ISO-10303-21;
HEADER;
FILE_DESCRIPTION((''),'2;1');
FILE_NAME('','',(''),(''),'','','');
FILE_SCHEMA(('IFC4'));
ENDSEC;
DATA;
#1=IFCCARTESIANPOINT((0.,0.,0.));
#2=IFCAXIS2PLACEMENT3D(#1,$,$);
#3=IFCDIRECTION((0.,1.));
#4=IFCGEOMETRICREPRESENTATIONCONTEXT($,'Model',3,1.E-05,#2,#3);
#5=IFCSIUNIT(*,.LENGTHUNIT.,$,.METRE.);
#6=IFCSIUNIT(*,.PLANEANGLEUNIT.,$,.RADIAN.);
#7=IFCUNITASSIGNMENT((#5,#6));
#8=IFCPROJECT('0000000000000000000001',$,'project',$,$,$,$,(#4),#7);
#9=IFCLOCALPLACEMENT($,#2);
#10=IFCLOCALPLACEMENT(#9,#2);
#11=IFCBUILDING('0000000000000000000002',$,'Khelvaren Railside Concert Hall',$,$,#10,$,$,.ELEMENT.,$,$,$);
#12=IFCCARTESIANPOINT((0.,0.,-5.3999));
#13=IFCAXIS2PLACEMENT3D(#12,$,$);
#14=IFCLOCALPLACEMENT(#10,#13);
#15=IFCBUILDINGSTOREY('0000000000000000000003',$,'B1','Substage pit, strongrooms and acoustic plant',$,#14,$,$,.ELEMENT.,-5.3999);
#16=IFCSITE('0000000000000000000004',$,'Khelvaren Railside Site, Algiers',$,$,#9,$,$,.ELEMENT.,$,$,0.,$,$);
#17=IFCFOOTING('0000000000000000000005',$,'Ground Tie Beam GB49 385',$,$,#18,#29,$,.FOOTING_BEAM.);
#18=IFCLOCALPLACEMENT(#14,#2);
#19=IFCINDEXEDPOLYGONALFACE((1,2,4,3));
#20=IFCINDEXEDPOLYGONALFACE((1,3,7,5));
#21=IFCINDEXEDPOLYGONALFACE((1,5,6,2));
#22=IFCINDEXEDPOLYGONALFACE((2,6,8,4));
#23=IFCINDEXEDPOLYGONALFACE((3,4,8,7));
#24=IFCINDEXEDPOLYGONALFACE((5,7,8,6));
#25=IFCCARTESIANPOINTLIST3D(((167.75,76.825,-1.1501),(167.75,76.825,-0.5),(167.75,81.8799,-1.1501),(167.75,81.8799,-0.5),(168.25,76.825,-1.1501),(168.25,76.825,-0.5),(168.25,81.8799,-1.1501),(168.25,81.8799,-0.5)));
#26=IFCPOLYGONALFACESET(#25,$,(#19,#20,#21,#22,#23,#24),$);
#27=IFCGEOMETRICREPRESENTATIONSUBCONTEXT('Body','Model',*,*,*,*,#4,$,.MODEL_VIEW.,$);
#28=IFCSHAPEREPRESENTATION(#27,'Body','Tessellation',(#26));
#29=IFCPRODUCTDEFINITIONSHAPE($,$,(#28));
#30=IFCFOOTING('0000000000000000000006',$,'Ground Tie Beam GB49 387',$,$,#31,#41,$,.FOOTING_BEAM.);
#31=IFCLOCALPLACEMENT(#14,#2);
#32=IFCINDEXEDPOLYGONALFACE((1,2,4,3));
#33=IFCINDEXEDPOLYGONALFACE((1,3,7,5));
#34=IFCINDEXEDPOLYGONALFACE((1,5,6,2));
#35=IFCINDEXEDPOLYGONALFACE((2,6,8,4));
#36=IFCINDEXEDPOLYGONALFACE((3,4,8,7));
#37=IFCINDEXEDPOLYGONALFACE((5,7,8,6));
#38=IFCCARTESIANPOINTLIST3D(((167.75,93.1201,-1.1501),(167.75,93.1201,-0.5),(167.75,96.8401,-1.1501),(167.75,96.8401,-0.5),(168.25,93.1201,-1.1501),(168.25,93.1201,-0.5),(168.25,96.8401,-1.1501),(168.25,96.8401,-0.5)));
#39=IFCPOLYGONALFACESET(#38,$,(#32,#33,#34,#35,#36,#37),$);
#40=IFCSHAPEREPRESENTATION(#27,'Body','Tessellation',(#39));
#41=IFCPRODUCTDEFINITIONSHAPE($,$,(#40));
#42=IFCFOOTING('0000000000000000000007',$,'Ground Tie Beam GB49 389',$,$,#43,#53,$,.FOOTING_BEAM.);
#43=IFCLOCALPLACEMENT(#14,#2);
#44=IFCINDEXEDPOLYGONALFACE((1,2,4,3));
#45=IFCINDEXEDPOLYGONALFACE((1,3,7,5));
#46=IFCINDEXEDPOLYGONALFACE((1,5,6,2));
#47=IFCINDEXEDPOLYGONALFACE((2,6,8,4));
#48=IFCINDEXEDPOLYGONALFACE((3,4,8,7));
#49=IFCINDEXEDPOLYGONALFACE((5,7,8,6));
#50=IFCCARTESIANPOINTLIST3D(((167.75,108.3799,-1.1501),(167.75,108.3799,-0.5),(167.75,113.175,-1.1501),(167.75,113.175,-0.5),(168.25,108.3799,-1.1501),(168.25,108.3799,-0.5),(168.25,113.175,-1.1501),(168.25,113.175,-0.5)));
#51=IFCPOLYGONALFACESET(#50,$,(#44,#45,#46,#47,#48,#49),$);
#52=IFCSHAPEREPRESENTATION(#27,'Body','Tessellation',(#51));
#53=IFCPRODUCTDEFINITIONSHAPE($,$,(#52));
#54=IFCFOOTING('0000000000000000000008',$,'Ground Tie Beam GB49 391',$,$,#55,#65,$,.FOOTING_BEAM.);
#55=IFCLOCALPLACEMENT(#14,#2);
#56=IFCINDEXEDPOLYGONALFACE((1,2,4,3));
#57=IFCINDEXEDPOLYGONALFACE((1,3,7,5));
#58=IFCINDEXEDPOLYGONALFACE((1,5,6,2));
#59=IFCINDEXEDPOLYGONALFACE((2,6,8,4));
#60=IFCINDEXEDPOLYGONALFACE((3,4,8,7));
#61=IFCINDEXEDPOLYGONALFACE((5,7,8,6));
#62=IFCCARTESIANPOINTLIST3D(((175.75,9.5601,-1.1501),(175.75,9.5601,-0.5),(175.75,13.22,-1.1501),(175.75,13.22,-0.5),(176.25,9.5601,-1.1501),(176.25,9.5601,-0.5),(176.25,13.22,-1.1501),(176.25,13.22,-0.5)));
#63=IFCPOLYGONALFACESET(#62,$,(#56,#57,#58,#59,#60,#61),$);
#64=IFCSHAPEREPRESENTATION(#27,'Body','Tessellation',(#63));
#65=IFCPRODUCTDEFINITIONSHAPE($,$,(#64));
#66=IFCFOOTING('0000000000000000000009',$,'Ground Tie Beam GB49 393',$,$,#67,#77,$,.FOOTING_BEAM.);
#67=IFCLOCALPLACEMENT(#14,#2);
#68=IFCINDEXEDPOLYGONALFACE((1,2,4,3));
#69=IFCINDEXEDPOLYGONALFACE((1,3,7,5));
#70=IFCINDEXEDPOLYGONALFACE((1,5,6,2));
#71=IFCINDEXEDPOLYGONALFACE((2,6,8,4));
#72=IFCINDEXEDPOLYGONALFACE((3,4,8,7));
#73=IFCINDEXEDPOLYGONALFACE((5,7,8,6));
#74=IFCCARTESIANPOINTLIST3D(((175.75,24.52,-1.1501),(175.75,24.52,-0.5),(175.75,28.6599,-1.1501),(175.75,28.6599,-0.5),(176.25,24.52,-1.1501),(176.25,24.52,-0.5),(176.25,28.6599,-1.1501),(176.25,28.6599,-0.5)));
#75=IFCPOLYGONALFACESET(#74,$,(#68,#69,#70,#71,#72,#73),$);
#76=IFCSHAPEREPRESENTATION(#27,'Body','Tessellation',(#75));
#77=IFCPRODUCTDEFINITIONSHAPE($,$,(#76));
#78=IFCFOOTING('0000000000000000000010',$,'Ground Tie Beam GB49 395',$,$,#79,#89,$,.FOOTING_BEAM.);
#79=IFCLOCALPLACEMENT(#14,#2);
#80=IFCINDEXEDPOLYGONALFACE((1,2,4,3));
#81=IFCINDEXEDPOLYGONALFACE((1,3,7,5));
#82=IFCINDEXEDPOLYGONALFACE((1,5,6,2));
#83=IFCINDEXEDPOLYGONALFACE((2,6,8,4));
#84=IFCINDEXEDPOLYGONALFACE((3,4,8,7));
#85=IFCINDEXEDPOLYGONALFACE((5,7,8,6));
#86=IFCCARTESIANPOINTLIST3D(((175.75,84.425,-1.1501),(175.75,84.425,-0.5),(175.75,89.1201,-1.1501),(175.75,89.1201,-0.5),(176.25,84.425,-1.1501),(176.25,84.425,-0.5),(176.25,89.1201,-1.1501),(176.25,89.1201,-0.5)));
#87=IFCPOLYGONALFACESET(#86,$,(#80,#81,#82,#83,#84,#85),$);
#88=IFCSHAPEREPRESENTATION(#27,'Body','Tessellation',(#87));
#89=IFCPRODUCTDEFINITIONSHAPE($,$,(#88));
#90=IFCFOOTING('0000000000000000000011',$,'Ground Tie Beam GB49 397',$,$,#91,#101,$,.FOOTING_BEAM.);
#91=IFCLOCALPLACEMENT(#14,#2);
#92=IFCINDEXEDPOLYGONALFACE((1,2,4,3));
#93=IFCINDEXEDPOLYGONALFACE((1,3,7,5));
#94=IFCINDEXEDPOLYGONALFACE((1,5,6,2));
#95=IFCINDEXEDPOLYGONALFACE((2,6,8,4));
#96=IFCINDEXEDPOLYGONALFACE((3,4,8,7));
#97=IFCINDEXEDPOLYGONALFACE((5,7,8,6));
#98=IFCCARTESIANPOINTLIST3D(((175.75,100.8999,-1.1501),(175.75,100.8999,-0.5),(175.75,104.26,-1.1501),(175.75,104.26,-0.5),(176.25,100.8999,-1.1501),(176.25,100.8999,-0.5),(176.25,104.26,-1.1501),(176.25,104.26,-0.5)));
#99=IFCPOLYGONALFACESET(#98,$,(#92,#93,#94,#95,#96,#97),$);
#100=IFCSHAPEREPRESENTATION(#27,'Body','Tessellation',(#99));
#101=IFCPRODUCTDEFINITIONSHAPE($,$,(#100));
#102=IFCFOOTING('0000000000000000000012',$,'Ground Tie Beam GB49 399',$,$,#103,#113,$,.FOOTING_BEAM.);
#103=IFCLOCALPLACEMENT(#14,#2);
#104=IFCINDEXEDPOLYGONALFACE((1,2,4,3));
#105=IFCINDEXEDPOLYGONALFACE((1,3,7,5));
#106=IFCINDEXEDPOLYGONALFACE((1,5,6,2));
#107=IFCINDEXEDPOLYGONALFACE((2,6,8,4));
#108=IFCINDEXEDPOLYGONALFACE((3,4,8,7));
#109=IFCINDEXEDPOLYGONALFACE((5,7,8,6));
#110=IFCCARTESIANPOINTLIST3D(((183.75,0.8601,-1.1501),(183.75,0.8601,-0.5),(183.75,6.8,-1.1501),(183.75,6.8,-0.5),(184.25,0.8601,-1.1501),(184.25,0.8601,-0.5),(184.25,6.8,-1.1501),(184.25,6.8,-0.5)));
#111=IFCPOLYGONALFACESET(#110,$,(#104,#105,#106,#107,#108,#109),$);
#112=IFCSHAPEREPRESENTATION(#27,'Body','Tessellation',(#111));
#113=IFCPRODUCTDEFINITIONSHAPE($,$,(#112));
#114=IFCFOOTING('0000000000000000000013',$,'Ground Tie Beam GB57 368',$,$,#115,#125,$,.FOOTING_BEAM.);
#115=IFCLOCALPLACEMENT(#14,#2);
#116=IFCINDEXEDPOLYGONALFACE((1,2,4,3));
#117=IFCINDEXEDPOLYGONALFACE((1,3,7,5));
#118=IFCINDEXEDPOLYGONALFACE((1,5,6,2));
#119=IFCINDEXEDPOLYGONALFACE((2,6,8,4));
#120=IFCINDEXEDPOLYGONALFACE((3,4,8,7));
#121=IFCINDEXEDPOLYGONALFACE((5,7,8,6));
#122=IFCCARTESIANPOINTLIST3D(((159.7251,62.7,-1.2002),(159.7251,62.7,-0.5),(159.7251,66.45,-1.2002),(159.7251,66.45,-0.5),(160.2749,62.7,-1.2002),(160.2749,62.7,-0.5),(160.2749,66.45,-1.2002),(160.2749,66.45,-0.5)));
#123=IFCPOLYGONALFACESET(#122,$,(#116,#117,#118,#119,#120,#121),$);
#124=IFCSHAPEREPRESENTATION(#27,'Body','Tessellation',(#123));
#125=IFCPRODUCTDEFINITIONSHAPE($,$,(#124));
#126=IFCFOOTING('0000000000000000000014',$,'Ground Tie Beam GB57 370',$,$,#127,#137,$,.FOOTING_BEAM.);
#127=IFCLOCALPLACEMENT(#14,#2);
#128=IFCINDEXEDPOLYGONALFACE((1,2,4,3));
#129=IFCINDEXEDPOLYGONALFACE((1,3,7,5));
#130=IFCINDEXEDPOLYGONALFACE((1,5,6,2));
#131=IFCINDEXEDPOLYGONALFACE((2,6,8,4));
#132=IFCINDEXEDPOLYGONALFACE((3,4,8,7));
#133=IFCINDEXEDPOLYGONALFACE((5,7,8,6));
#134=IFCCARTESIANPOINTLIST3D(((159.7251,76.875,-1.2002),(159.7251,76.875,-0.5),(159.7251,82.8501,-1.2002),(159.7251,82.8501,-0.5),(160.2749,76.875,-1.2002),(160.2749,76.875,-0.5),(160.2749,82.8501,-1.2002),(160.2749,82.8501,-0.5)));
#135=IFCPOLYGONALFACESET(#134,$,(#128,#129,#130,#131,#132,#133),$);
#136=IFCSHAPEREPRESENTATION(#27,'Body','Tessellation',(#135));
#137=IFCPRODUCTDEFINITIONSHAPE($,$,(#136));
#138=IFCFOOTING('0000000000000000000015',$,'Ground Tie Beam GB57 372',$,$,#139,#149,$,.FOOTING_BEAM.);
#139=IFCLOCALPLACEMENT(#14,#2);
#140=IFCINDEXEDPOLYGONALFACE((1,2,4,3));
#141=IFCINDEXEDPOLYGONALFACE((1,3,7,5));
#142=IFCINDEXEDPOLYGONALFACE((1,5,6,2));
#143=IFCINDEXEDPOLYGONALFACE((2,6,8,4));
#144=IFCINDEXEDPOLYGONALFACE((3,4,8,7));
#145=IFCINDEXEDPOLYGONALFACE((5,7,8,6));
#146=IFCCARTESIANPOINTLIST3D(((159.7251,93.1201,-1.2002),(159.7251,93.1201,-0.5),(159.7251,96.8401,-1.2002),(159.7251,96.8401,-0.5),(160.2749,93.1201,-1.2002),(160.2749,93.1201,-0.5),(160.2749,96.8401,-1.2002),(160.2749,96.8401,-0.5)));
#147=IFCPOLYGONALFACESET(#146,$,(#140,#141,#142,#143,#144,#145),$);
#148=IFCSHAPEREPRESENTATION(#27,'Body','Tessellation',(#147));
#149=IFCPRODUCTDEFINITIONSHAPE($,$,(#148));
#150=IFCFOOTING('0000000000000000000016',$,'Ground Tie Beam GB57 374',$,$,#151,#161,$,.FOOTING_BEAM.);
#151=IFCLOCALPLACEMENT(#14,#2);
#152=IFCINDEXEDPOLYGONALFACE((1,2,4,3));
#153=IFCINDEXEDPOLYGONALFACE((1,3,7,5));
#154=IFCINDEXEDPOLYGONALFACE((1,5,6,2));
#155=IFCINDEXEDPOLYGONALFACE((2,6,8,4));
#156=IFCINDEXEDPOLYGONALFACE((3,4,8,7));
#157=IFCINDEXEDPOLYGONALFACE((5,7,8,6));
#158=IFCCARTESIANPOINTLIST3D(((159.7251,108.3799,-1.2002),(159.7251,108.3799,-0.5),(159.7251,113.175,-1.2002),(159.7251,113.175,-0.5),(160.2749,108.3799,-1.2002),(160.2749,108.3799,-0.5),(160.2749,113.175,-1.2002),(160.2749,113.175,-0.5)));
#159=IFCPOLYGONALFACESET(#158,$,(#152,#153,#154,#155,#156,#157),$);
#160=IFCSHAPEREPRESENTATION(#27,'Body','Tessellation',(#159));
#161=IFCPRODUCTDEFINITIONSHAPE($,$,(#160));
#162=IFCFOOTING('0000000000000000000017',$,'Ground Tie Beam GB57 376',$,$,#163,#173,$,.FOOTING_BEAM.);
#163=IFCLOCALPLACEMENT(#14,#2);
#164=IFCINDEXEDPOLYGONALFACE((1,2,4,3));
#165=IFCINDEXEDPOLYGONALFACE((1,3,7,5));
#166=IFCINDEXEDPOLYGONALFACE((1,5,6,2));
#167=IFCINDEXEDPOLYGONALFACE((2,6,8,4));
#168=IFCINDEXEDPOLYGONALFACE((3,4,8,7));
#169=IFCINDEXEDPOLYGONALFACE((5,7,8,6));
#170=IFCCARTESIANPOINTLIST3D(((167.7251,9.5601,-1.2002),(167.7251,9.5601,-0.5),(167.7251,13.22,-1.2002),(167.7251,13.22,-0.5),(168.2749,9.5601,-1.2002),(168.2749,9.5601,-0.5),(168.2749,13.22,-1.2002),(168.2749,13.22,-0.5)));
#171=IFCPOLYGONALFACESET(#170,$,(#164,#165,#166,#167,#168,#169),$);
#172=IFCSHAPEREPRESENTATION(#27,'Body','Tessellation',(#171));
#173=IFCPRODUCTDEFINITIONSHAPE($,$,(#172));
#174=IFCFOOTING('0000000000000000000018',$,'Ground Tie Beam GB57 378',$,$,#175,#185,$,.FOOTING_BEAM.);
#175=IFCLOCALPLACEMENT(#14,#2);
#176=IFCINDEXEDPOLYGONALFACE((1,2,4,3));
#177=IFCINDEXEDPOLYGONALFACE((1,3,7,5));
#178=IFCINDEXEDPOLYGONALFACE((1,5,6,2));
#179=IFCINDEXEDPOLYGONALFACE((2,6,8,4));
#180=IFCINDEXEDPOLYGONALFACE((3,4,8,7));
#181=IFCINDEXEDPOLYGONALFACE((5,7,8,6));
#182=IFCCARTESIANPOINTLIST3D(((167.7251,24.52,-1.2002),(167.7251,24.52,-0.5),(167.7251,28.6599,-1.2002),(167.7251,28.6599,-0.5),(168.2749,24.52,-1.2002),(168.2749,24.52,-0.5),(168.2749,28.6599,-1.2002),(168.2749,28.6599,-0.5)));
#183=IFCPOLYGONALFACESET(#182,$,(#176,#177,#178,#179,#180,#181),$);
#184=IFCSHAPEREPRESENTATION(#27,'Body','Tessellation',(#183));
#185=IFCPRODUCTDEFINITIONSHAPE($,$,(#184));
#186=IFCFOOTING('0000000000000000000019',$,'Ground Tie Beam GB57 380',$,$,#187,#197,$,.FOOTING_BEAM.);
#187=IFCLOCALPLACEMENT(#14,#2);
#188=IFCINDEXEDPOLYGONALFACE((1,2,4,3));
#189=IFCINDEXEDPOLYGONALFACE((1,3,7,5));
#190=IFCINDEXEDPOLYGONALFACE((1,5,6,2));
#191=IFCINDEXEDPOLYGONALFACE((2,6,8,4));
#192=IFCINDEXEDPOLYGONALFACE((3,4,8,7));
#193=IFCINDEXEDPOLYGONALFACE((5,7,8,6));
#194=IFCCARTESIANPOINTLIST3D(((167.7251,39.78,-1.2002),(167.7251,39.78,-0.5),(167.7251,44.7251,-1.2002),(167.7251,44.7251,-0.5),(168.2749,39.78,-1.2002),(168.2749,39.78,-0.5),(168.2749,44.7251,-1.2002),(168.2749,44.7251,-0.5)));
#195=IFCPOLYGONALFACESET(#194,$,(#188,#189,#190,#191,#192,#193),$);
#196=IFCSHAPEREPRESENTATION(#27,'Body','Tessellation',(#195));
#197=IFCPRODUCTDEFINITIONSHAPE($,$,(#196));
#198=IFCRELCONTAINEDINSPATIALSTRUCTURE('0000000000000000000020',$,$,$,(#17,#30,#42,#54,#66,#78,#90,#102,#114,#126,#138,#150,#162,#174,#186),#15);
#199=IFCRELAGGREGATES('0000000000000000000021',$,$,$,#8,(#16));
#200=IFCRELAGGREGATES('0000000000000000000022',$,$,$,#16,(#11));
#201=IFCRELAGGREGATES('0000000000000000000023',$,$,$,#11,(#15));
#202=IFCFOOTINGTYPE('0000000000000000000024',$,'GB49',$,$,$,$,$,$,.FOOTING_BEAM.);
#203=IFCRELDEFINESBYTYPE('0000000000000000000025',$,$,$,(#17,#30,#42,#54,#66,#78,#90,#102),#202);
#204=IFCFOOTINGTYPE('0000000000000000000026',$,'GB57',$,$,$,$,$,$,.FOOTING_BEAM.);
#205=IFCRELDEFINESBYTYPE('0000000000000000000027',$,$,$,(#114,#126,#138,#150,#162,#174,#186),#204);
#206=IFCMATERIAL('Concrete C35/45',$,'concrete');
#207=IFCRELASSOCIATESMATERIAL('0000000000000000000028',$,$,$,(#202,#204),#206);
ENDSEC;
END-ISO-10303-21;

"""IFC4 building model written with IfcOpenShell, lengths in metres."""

from ifc_helpers import new_model, si_unit, direction, frame, origin, place, context, subcontext, project, spatial, polyline, outline, extrude, material, type_object, element, save


model = new_model("IFC4")

# Units and contexts
model_context = context("Model", 3, precision=1e-05, world=origin(), true_north=direction((0.0, 1.0)))
body_context = subcontext(model_context, "Body", "Model", "MODEL_VIEW")
ifc_project = project(units=[si_unit("LENGTHUNIT", "METRE"), si_unit("PLANEANGLEUNIT", "RADIAN")], contexts=[model_context])

# Site, building, storey
site_placement = place(None, origin())
site = spatial("IfcSite", under=ifc_project, at=site_placement, Name="Khelvaren Railside Site, Algiers", CompositionType="ELEMENT", RefElevation=0.0)
building_placement = place(site_placement, origin())
building = spatial("IfcBuilding", under=site, at=building_placement, Name="Khelvaren Railside Concert Hall", CompositionType="ELEMENT")
storey_placement = place(building_placement, frame((0.0, 0.0, -5.3999)))
storey = spatial("IfcBuildingStorey", under=building, at=storey_placement, Name="B1", Description="Substage pit, strongrooms and acoustic plant", CompositionType="ELEMENT", Elevation=-5.3999)

# Shared definitions
ifc_material = material(Name="Concrete C35/45", Category="concrete")

# Footings
footing_type_1 = type_object("IfcFootingType", Name="GB49", PredefinedType="FOOTING_BEAM", material=ifc_material)
footing_1_placement = place(storey_placement, frame((0.0, 0.0, -1.1501)))
element("IfcFooting", 1, at=footing_1_placement, inside=storey, type_object=footing_type_1, Name="Ground Tie Beam GB49 385", PredefinedType="FOOTING_BEAM", context=body_context, shape_type="SweptSolid", body=[
    extrude(outline(polyline([(167.75, 76.825), (168.25, 76.825), (168.25, 81.8799), (167.75, 81.8799), (167.75, 76.825)])), origin(), (0.0, 0.0, 1.0), 0.6501),
])
footing_2_placement = place(storey_placement, frame((0.0, 0.0, -1.1501)))
element("IfcFooting", 2, at=footing_2_placement, inside=storey, type_object=footing_type_1, Name="Ground Tie Beam GB49 387", PredefinedType="FOOTING_BEAM", context=body_context, shape_type="SweptSolid", body=[
    extrude(outline(polyline([(167.75, 93.1201), (168.25, 93.1201), (168.25, 96.8401), (167.75, 96.8401), (167.75, 93.1201)])), origin(), (0.0, 0.0, 1.0), 0.6501),
])
footing_3_placement = place(storey_placement, frame((0.0, 0.0, -1.1501)))
element("IfcFooting", 3, at=footing_3_placement, inside=storey, type_object=footing_type_1, Name="Ground Tie Beam GB49 389", PredefinedType="FOOTING_BEAM", context=body_context, shape_type="SweptSolid", body=[
    extrude(outline(polyline([(167.75, 108.3799), (168.25, 108.3799), (168.25, 113.175), (167.75, 113.175), (167.75, 108.3799)])), origin(), (0.0, 0.0, 1.0), 0.6501),
])
footing_4_placement = place(storey_placement, frame((0.0, 0.0, -1.1501)))
element("IfcFooting", 4, at=footing_4_placement, inside=storey, type_object=footing_type_1, Name="Ground Tie Beam GB49 391", PredefinedType="FOOTING_BEAM", context=body_context, shape_type="SweptSolid", body=[
    extrude(outline(polyline([(175.75, 9.5601), (176.25, 9.5601), (176.25, 13.22), (175.75, 13.22), (175.75, 9.5601)])), origin(), (0.0, 0.0, 1.0), 0.6501),
])
footing_5_placement = place(storey_placement, frame((0.0, 0.0, -1.1501)))
element("IfcFooting", 5, at=footing_5_placement, inside=storey, type_object=footing_type_1, Name="Ground Tie Beam GB49 393", PredefinedType="FOOTING_BEAM", context=body_context, shape_type="SweptSolid", body=[
    extrude(outline(polyline([(175.75, 24.52), (176.25, 24.52), (176.25, 28.6599), (175.75, 28.6599), (175.75, 24.52)])), origin(), (0.0, 0.0, 1.0), 0.6501),
])
footing_6_placement = place(storey_placement, frame((0.0, 0.0, -1.1501)))
element("IfcFooting", 6, at=footing_6_placement, inside=storey, type_object=footing_type_1, Name="Ground Tie Beam GB49 395", PredefinedType="FOOTING_BEAM", context=body_context, shape_type="SweptSolid", body=[
    extrude(outline(polyline([(175.75, 84.425), (176.25, 84.425), (176.25, 89.1201), (175.75, 89.1201), (175.75, 84.425)])), origin(), (0.0, 0.0, 1.0), 0.6501),
])
footing_7_placement = place(storey_placement, frame((0.0, 0.0, -1.1501)))
element("IfcFooting", 7, at=footing_7_placement, inside=storey, type_object=footing_type_1, Name="Ground Tie Beam GB49 397", PredefinedType="FOOTING_BEAM", context=body_context, shape_type="SweptSolid", body=[
    extrude(outline(polyline([(175.75, 100.8999), (176.25, 100.8999), (176.25, 104.26), (175.75, 104.26), (175.75, 100.8999)])), origin(), (0.0, 0.0, 1.0), 0.6501),
])
footing_8_placement = place(storey_placement, frame((0.0, 0.0, -1.1501)))
element("IfcFooting", 8, at=footing_8_placement, inside=storey, type_object=footing_type_1, Name="Ground Tie Beam GB49 399", PredefinedType="FOOTING_BEAM", context=body_context, shape_type="SweptSolid", body=[
    extrude(outline(polyline([(183.75, 0.8601), (184.25, 0.8601), (184.25, 6.8), (183.75, 6.8), (183.75, 0.8601)])), origin(), (0.0, 0.0, 1.0), 0.6501),
])
footing_type_2 = type_object("IfcFootingType", Name="GB57", PredefinedType="FOOTING_BEAM", material=ifc_material)
footing_9_placement = place(storey_placement, frame((0.0, 0.0, -1.2002)))
element("IfcFooting", 9, at=footing_9_placement, inside=storey, type_object=footing_type_2, Name="Ground Tie Beam GB57 368", PredefinedType="FOOTING_BEAM", context=body_context, shape_type="SweptSolid", body=[
    extrude(outline(polyline([(159.7251, 62.7), (160.2749, 62.7), (160.2749, 66.45), (159.7251, 66.45), (159.7251, 62.7)])), origin(), (0.0, 0.0, 1.0), 0.7002),
])
footing_10_placement = place(storey_placement, frame((0.0, 0.0, -1.2002)))
element("IfcFooting", 10, at=footing_10_placement, inside=storey, type_object=footing_type_2, Name="Ground Tie Beam GB57 370", PredefinedType="FOOTING_BEAM", context=body_context, shape_type="SweptSolid", body=[
    extrude(outline(polyline([(159.7251, 76.875), (160.2749, 76.875), (160.2749, 82.8501), (159.7251, 82.8501), (159.7251, 76.875)])), origin(), (0.0, 0.0, 1.0), 0.7002),
])
footing_11_placement = place(storey_placement, frame((0.0, 0.0, -1.2002)))
element("IfcFooting", 11, at=footing_11_placement, inside=storey, type_object=footing_type_2, Name="Ground Tie Beam GB57 372", PredefinedType="FOOTING_BEAM", context=body_context, shape_type="SweptSolid", body=[
    extrude(outline(polyline([(159.7251, 93.1201), (160.2749, 93.1201), (160.2749, 96.8401), (159.7251, 96.8401), (159.7251, 93.1201)])), origin(), (0.0, 0.0, 1.0), 0.7002),
])
footing_12_placement = place(storey_placement, frame((0.0, 0.0, -1.2002)))
element("IfcFooting", 12, at=footing_12_placement, inside=storey, type_object=footing_type_2, Name="Ground Tie Beam GB57 374", PredefinedType="FOOTING_BEAM", context=body_context, shape_type="SweptSolid", body=[
    extrude(outline(polyline([(159.7251, 108.3799), (160.2749, 108.3799), (160.2749, 113.175), (159.7251, 113.175), (159.7251, 108.3799)])), origin(), (0.0, 0.0, 1.0), 0.7002),
])
footing_13_placement = place(storey_placement, frame((0.0, 0.0, -1.2002)))
element("IfcFooting", 13, at=footing_13_placement, inside=storey, type_object=footing_type_2, Name="Ground Tie Beam GB57 376", PredefinedType="FOOTING_BEAM", context=body_context, shape_type="SweptSolid", body=[
    extrude(outline(polyline([(167.7251, 9.5601), (168.2749, 9.5601), (168.2749, 13.22), (167.7251, 13.22), (167.7251, 9.5601)])), origin(), (0.0, 0.0, 1.0), 0.7002),
])
footing_14_placement = place(storey_placement, frame((0.0, 0.0, -1.2002)))
element("IfcFooting", 14, at=footing_14_placement, inside=storey, type_object=footing_type_2, Name="Ground Tie Beam GB57 378", PredefinedType="FOOTING_BEAM", context=body_context, shape_type="SweptSolid", body=[
    extrude(outline(polyline([(167.7251, 24.52), (168.2749, 24.52), (168.2749, 28.6599), (167.7251, 28.6599), (167.7251, 24.52)])), origin(), (0.0, 0.0, 1.0), 0.7002),
])
footing_15_placement = place(storey_placement, frame((0.0, 0.0, -1.2002)))
element("IfcFooting", 15, at=footing_15_placement, inside=storey, type_object=footing_type_2, Name="Ground Tie Beam GB57 380", PredefinedType="FOOTING_BEAM", context=body_context, shape_type="SweptSolid", body=[
    extrude(outline(polyline([(167.7251, 39.78), (168.2749, 39.78), (168.2749, 44.7251), (167.7251, 44.7251), (167.7251, 39.78)])), origin(), (0.0, 0.0, 1.0), 0.7002),
])

save(model, "model.ifc")
